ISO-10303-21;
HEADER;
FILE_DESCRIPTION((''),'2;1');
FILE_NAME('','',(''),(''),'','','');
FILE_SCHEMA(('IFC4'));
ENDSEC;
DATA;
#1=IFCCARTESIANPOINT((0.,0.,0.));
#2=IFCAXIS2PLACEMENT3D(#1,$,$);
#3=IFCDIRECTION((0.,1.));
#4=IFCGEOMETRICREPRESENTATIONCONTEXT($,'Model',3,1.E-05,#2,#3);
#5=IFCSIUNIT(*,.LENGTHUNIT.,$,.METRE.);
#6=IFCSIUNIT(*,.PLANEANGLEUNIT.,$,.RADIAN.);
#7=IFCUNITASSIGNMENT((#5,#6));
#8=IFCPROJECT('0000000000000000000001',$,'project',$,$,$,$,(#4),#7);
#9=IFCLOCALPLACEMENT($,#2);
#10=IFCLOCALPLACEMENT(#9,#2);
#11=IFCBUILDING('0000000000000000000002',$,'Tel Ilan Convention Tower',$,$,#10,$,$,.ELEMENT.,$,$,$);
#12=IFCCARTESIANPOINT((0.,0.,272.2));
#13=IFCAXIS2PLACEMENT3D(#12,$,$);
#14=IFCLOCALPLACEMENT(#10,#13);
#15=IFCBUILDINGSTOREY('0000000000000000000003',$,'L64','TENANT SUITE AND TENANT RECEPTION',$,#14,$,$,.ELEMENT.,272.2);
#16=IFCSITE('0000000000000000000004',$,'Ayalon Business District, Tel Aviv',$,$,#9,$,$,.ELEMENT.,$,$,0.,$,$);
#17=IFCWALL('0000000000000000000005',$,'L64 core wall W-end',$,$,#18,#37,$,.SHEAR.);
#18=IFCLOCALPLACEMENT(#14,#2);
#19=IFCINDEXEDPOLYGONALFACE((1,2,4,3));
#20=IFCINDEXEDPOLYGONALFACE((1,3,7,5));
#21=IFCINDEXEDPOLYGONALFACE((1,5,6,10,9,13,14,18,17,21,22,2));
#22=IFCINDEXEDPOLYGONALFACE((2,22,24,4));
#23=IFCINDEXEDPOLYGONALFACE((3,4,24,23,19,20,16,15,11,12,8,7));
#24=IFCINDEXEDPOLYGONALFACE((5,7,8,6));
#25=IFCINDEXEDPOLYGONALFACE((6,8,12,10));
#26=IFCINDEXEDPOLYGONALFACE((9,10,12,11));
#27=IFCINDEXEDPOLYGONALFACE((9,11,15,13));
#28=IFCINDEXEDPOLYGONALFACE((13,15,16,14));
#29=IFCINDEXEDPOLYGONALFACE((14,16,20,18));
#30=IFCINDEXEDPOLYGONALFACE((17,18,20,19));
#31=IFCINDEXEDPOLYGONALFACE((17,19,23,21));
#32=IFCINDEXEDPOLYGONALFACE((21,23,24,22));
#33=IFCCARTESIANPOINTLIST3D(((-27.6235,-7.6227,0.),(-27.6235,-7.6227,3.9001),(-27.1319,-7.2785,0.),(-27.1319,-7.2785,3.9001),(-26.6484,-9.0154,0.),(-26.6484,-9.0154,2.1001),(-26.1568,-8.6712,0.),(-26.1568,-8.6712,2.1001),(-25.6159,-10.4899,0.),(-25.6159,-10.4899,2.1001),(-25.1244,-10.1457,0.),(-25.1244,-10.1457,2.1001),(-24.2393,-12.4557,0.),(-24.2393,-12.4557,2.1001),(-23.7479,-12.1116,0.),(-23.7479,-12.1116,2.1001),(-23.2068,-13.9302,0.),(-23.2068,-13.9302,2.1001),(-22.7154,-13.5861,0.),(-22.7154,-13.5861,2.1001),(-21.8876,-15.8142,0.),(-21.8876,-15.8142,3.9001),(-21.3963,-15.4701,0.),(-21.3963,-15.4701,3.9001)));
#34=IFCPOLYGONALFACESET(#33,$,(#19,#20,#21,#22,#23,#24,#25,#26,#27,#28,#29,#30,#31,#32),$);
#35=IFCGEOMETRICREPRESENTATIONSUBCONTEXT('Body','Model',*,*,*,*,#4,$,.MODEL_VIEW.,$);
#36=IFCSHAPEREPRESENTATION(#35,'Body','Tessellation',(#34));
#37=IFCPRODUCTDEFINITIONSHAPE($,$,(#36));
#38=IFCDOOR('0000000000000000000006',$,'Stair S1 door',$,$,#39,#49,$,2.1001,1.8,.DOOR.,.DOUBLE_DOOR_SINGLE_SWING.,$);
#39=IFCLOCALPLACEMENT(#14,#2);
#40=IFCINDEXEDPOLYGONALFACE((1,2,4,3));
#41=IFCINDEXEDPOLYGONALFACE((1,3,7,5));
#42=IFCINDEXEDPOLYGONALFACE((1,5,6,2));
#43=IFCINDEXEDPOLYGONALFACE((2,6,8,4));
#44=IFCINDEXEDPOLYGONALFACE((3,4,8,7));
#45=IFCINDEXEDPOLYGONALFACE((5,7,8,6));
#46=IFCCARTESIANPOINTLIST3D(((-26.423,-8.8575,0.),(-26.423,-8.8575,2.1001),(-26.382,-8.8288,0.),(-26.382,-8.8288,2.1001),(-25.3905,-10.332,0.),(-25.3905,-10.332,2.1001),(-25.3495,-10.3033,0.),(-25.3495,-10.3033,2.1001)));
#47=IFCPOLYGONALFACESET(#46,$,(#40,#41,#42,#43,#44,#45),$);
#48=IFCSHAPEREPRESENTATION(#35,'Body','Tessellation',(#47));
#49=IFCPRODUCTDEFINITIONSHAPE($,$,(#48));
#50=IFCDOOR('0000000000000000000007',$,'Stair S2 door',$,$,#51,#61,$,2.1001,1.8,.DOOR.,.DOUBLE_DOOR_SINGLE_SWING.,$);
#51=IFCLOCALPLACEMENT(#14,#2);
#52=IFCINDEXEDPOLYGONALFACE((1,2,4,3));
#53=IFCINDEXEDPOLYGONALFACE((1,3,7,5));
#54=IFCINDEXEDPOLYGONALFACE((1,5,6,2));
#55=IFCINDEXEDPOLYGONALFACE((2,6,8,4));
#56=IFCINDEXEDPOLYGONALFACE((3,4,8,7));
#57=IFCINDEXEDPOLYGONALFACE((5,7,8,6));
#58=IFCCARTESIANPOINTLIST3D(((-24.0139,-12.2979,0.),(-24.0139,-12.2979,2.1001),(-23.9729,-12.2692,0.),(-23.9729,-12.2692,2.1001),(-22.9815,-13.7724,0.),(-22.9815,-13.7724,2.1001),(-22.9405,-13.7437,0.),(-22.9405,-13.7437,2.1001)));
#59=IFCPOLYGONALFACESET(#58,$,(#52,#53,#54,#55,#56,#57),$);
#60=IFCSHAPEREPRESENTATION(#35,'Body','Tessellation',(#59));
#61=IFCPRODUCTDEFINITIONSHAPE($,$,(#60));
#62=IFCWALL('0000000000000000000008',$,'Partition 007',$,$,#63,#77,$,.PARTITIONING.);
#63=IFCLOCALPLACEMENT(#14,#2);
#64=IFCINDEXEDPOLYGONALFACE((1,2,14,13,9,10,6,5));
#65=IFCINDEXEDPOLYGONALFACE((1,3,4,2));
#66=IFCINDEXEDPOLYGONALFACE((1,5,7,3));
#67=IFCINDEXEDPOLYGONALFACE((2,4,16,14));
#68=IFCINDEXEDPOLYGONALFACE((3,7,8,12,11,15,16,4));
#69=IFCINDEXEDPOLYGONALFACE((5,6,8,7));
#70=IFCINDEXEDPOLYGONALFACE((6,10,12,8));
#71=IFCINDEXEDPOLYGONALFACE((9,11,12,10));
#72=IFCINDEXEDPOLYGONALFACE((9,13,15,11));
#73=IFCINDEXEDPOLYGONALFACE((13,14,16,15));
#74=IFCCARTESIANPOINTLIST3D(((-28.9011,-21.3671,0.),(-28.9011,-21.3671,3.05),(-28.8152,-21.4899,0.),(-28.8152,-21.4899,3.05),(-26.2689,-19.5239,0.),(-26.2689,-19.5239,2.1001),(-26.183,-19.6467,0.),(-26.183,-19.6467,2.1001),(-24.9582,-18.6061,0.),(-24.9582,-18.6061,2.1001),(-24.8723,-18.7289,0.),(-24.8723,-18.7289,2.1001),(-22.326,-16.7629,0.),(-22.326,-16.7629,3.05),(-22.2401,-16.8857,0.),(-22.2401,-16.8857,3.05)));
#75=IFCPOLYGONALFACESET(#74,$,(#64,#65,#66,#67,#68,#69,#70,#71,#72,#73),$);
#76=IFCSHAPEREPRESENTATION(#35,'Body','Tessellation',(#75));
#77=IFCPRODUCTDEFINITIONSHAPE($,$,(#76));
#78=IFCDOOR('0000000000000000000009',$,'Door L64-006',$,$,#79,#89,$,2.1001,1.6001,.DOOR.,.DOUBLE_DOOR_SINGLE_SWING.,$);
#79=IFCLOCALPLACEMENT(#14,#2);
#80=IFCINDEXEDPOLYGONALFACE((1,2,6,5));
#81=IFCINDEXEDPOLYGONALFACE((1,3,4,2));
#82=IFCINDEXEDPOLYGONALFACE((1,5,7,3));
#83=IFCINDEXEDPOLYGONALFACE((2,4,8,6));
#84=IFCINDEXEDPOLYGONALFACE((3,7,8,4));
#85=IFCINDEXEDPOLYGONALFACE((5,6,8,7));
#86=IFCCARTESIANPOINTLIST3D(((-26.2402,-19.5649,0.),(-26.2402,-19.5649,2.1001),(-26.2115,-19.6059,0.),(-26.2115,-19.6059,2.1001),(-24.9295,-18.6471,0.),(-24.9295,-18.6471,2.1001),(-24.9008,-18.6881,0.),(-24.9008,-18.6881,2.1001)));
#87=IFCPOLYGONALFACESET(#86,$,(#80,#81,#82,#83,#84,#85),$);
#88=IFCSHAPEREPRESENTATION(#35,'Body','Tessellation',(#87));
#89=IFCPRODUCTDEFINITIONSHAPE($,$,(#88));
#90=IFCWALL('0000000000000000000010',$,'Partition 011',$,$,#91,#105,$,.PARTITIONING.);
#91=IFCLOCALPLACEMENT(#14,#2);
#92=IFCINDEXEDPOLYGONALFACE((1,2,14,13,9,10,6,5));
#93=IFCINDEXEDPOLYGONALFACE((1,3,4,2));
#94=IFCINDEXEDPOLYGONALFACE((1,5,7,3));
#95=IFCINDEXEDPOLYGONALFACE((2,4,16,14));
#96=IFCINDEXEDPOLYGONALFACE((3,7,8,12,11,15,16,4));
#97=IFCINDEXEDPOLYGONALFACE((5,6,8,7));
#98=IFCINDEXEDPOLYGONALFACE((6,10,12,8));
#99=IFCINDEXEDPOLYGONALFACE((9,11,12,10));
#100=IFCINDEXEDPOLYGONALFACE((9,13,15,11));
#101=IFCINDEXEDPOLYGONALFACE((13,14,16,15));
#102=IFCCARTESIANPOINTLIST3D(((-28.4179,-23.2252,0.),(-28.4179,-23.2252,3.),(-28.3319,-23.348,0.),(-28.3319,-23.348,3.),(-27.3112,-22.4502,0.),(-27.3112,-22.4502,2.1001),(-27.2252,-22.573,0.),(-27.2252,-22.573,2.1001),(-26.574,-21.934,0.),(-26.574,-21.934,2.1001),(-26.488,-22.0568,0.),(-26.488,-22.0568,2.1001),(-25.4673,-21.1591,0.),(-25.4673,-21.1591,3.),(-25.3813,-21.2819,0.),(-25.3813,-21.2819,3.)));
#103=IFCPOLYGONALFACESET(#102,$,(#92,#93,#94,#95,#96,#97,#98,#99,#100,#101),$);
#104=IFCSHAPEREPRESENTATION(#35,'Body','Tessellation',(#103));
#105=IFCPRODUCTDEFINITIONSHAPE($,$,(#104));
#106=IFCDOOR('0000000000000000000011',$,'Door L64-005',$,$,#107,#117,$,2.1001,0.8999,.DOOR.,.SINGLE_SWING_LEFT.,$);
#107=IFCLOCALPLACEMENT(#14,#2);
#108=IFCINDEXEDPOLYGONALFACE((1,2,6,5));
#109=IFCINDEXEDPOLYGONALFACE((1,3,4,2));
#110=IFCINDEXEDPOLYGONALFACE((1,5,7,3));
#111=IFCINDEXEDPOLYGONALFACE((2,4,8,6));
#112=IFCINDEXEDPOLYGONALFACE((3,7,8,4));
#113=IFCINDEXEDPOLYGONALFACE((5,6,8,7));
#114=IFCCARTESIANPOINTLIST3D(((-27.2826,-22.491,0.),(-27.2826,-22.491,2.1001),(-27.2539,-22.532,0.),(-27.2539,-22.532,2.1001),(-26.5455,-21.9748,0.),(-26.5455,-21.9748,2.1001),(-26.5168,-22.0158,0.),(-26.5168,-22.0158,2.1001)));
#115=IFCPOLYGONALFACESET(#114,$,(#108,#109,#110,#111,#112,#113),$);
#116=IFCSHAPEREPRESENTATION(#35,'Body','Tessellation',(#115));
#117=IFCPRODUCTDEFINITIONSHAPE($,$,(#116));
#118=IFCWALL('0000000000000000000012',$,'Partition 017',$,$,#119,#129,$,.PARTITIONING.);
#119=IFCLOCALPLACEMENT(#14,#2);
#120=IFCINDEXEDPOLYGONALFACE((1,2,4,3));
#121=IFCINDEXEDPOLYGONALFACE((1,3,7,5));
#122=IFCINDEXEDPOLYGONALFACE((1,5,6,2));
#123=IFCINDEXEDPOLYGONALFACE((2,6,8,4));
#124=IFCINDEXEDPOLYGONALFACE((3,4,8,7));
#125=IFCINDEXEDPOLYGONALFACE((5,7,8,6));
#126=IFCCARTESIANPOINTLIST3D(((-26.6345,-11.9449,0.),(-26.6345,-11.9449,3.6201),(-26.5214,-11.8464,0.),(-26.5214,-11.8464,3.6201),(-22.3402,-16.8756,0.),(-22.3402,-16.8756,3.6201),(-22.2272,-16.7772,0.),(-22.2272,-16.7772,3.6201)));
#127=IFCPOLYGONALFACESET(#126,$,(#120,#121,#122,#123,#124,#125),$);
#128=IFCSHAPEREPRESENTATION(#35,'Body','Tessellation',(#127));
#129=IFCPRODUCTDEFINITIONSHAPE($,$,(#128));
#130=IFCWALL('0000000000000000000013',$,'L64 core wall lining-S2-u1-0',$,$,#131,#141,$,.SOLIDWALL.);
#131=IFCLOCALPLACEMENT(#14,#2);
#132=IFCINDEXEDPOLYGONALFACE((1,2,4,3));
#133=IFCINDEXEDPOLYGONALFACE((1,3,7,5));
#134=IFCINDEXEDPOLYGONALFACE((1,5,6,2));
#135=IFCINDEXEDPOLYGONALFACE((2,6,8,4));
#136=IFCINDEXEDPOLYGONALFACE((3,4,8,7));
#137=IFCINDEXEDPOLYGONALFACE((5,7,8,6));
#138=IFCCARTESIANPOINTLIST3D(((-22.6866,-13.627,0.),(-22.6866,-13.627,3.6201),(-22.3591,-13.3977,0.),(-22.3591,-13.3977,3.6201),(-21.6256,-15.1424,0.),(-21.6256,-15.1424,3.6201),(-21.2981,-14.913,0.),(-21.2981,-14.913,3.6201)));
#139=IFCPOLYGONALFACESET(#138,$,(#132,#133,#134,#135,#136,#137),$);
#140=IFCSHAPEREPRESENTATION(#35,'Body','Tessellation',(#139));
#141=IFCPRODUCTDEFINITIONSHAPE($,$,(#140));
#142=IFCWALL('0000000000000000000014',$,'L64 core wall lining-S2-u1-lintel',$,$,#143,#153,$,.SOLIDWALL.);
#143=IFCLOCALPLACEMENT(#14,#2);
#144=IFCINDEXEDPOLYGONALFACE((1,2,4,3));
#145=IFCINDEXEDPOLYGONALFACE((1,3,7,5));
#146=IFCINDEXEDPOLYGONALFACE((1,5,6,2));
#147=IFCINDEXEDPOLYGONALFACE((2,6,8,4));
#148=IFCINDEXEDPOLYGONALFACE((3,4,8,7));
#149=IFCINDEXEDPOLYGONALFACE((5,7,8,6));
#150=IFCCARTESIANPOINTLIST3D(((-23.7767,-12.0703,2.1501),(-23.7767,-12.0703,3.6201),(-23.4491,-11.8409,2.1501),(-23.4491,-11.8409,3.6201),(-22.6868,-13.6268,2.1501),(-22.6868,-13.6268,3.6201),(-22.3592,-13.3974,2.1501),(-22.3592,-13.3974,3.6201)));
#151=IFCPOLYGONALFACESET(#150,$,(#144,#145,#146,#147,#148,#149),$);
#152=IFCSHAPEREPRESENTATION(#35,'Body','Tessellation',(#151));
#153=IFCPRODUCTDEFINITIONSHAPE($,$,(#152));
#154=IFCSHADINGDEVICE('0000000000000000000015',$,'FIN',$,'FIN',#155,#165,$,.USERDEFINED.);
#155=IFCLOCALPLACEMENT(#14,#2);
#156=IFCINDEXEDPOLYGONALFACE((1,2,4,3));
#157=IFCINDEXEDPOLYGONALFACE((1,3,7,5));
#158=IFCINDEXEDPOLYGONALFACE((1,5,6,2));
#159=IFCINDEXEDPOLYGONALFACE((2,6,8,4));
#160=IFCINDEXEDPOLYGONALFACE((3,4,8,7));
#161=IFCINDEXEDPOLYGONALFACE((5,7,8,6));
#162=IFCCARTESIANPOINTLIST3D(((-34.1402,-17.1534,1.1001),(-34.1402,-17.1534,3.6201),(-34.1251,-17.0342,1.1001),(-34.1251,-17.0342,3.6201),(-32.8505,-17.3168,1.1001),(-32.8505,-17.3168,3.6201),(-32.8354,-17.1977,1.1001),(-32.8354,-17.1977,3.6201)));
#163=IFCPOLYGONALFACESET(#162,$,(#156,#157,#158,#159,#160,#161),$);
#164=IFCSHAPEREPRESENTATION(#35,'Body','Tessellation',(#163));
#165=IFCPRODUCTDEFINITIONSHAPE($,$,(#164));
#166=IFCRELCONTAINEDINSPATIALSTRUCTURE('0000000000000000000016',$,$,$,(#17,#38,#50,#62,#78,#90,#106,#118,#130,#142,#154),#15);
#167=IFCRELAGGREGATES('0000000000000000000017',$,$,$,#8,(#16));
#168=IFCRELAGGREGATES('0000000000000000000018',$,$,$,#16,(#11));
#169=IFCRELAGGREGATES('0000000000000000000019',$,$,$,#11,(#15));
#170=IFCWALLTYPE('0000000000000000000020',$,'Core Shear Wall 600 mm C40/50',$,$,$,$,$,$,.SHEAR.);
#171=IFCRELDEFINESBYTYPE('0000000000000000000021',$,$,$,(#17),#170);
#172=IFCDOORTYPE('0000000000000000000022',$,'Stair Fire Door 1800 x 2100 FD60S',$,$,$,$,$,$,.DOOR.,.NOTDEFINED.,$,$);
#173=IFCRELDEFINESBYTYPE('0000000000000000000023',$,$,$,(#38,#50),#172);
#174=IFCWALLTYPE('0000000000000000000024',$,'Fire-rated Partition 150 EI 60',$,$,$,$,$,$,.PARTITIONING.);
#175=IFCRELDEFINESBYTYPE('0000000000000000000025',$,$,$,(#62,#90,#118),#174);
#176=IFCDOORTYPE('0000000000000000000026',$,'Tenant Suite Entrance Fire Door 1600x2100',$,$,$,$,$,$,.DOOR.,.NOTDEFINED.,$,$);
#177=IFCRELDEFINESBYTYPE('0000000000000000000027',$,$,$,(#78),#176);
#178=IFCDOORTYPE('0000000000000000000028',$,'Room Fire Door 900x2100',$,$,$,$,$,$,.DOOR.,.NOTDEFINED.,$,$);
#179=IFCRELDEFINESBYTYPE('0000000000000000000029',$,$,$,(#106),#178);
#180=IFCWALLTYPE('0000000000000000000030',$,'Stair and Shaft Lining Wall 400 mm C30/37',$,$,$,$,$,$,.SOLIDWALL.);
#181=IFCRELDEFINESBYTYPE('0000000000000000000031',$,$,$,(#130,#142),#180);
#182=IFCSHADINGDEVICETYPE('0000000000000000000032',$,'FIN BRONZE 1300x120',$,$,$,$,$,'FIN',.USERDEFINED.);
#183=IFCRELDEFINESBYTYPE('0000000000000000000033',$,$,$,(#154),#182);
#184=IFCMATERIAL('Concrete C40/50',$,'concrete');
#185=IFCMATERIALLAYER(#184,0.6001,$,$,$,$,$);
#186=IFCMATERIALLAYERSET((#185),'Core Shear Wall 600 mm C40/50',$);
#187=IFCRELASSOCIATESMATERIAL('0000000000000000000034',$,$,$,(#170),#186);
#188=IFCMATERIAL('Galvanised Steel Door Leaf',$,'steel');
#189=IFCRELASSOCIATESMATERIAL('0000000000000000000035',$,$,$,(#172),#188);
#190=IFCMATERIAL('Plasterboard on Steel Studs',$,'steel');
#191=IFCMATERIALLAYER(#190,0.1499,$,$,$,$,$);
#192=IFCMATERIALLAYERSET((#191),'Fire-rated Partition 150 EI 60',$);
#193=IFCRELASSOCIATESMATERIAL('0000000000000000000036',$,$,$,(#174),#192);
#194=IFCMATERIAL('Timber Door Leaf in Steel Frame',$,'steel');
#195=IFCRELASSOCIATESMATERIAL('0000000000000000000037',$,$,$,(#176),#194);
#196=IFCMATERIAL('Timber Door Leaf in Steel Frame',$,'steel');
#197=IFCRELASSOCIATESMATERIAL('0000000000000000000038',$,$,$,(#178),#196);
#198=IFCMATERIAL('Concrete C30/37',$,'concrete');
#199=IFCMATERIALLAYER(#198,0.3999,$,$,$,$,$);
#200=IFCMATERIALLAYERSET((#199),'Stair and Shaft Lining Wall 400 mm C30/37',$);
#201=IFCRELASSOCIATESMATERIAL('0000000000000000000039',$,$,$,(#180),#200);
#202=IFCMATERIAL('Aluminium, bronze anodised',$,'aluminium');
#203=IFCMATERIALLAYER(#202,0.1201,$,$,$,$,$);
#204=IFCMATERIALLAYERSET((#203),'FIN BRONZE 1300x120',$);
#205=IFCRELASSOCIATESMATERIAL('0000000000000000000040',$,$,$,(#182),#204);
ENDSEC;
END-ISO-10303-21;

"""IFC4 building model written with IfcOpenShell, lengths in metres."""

from ifc_helpers import new_model, si_unit, direction, frame, frame_2d, origin, origin_2d, place, context, subcontext, project, spatial, polyline, rectangle, outline, extrude, material, layer, layer_set, type_object, element, fill, save


model = new_model("IFC4")

# Units and contexts
model_context = context("Model", 3, precision=1e-05, world=origin(), true_north=direction((0.0, 1.0)))
body_context = subcontext(model_context, "Body", "Model", "MODEL_VIEW")
ifc_project = project(units=[si_unit("LENGTHUNIT", "METRE"), si_unit("PLANEANGLEUNIT", "RADIAN")], contexts=[model_context])

# Site, building, storey
site_placement = place(None, origin())
site = spatial("IfcSite", under=ifc_project, at=site_placement, Name="Ayalon Business District, Tel Aviv", CompositionType="ELEMENT", RefElevation=0.0)
building_placement = place(site_placement, origin())
building = spatial("IfcBuilding", under=site, at=building_placement, Name="Tel Ilan Convention Tower", CompositionType="ELEMENT")
storey_placement = place(building_placement, frame((0.0, 0.0, 272.2)))
storey = spatial("IfcBuildingStorey", under=building, at=storey_placement, Name="L64", Description="TENANT SUITE AND TENANT RECEPTION", CompositionType="ELEMENT", Elevation=272.2)

# Wall, openings, doors
ifc_material_1 = material(Name="Concrete C40/50", Category="concrete")
ifc_layer_1 = layer(ifc_material_1, 0.6001)
ifc_layer_set_1 = layer_set([ifc_layer_1], Name="Core Shear Wall 600 mm C40/50")
wall_type_1 = type_object("IfcWallType", Name="Core Shear Wall 600 mm C40/50", PredefinedType="SHEAR", material=ifc_layer_set_1)
wall_1_placement = place(storey_placement, frame((-21.6418, -15.6421, 0.0), z_axis=(0.0, 0.0, 1.0), x_axis=(-0.573587, 0.819145, 0.0)))
wall_1 = element("IfcWall", 1, at=wall_1_placement, inside=storey, type_object=wall_type_1, Name="L64 core wall W-end", PredefinedType="SHEAR", context=body_context, shape_type="SweptSolid", body=[
    extrude(outline(polyline([(0.0, 0.3), (0.0, -0.2998), (10.0, -0.3), (10.0, 0.3), (0.0, 0.3)])), origin(), (0.0, 0.0, 1.0), 3.9001),
])
opening_1_placement = place(wall_1_placement, frame((6.5, 0.0, 0.0)))
opening_1 = element("IfcOpeningElement", 2, at=opening_1_placement, cuts=wall_1, PredefinedType="OPENING", context=body_context, shape_type="SweptSolid", body=[
    extrude(rectangle(XDim=1.8, YDim=2.1001, at=frame_2d((0.8999, 1.05))), frame((0.0, 0.3101, 0.0), z_axis=(0.0, -1.0, 0.0), x_axis=(1.0, 0.0, 0.0)), (0.0, 0.0, 1.0), 0.6201),
])
opening_2_placement = place(wall_1_placement, frame((2.3, 0.0, 0.0)))
opening_2 = element("IfcOpeningElement", 3, at=opening_2_placement, cuts=wall_1, PredefinedType="OPENING", context=body_context, shape_type="SweptSolid", body=[
    extrude(rectangle(XDim=1.8, YDim=2.1001, at=frame_2d((0.8999, 1.05))), frame((0.0, 0.3101, 0.0), z_axis=(0.0, -1.0, 0.0), x_axis=(1.0, 0.0, 0.0)), (0.0, 0.0, 1.0), 0.6201),
])
ifc_material_2 = material(Name="Galvanised Steel Door Leaf", Category="steel")
door_type_1 = type_object("IfcDoorType", Name="Stair Fire Door 1800 x 2100 FD60S", OperationType="NOTDEFINED", PredefinedType="DOOR", material=ifc_material_2)
door_1_placement = place(opening_1_placement, origin())
door_1 = element("IfcDoor", 4, at=door_1_placement, inside=storey, type_object=door_type_1, Name="Stair S1 door", OperationType="DOUBLE_DOOR_SINGLE_SWING", OverallHeight=2.1001, OverallWidth=1.8, PredefinedType="DOOR", context=body_context, shape_type="SweptSolid", body=[
    extrude(rectangle(XDim=1.8, YDim=2.1001, at=frame_2d((0.8999, 1.05))), frame((0.0, 0.0249, 0.0), z_axis=(0.0, -1.0, 0.0), x_axis=(1.0, 0.0, 0.0)), (0.0, 0.0, 1.0), 0.05),
])
fill(opening_1, door_1)
door_2_placement = place(opening_2_placement, origin())
door_2 = element("IfcDoor", 5, at=door_2_placement, inside=storey, type_object=door_type_1, Name="Stair S2 door", OperationType="DOUBLE_DOOR_SINGLE_SWING", OverallHeight=2.1001, OverallWidth=1.8, PredefinedType="DOOR", context=body_context, shape_type="SweptSolid", body=[
    extrude(rectangle(XDim=1.8, YDim=2.1001, at=frame_2d((0.8999, 1.05))), frame((0.0, 0.0249, 0.0), z_axis=(0.0, -1.0, 0.0), x_axis=(1.0, 0.0, 0.0)), (0.0, 0.0, 1.0), 0.05),
])
fill(opening_2, door_2)

# Walls, openings, doors
ifc_material_3 = material(Name="Plasterboard on Steel Studs", Category="steel")
ifc_layer_2 = layer(ifc_material_3, 0.1499)
ifc_layer_set_2 = layer_set([ifc_layer_2], Name="Fire-rated Partition 150 EI 60")
wall_type_2 = type_object("IfcWallType", Name="Fire-rated Partition 150 EI 60", PredefinedType="PARTITIONING", material=ifc_layer_set_2)
wall_2_placement = place(storey_placement, frame((-28.8582, -21.4285, 0.0), z_axis=(0.0, 0.0, 1.0), x_axis=(0.819138, 0.573597, 0.0)))
wall_2 = element("IfcWall", 6, at=wall_2_placement, inside=storey, type_object=wall_type_2, Name="Partition 007", PredefinedType="PARTITIONING", context=body_context, shape_type="SweptSolid", body=[
    extrude(rectangle(XDim=8.0269, YDim=0.1499, at=frame_2d((4.0134, 0.0))), origin(), (0.0, 0.0, 1.0), 3.05),
])
opening_3_placement = place(wall_2_placement, frame((3.2134, 0.0, 0.0)))
opening_3 = element("IfcOpeningElement", 7, at=opening_3_placement, cuts=wall_2, PredefinedType="OPENING", context=body_context, shape_type="SweptSolid", body=[
    extrude(rectangle(XDim=1.6001, YDim=2.1001, at=frame_2d((0.8, 1.05))), frame((0.0, 0.085, 0.0), z_axis=(0.0, -1.0, 0.0), x_axis=(1.0, 0.0, 0.0)), (0.0, 0.0, 1.0), 0.1699),
])
ifc_material_4 = material(Name="Timber Door Leaf in Steel Frame", Category="steel")
door_type_2 = type_object("IfcDoorType", Name="Tenant Suite Entrance Fire Door 1600x2100", OperationType="NOTDEFINED", PredefinedType="DOOR", material=ifc_material_4)
door_3_placement = place(opening_3_placement, origin())
door_3 = element("IfcDoor", 8, at=door_3_placement, inside=storey, type_object=door_type_2, Name="Door L64-006", OperationType="DOUBLE_DOOR_SINGLE_SWING", OverallHeight=2.1001, OverallWidth=1.6001, PredefinedType="DOOR", context=body_context, shape_type="SweptSolid", body=[
    extrude(rectangle(XDim=1.6001, YDim=2.1001, at=frame_2d((0.8, 1.05))), frame((0.0, 0.0249, 0.0), z_axis=(0.0, -1.0, 0.0), x_axis=(1.0, 0.0, 0.0)), (0.0, 0.0, 1.0), 0.05),
])
fill(opening_3, door_3)
wall_3_placement = place(storey_placement, frame((-25.4243, -21.2205, 0.0), z_axis=(0.0, 0.0, 1.0), x_axis=(-0.819143, -0.57359, 0.0)))
wall_3 = element("IfcWall", 9, at=wall_3_placement, inside=storey, type_object=wall_type_2, Name="Partition 011", PredefinedType="PARTITIONING", context=body_context, shape_type="SweptSolid", body=[
    extrude(rectangle(XDim=3.6021, YDim=0.1499, at=frame_2d((1.801, 0.0))), origin(), (0.0, 0.0, 1.0), 3.0),
])
opening_4_placement = place(wall_3_placement, frame((1.3511, 0.0, 0.0)))
opening_4 = element("IfcOpeningElement", 10, at=opening_4_placement, cuts=wall_3, PredefinedType="OPENING", context=body_context, shape_type="SweptSolid", body=[
    extrude(rectangle(XDim=0.8999, YDim=2.1001, at=frame_2d((0.45, 1.05))), frame((0.0, 0.085, 0.0), z_axis=(0.0, -1.0, 0.0), x_axis=(1.0, 0.0, 0.0)), (0.0, 0.0, 1.0), 0.1699),
])
ifc_material_5 = material(Name="Timber Door Leaf in Steel Frame", Category="steel")
door_type_3 = type_object("IfcDoorType", Name="Room Fire Door 900x2100", OperationType="NOTDEFINED", PredefinedType="DOOR", material=ifc_material_5)
door_4_placement = place(opening_4_placement, origin())
door_4 = element("IfcDoor", 11, at=door_4_placement, inside=storey, type_object=door_type_3, Name="Door L64-005", OperationType="SINGLE_SWING_LEFT", OverallHeight=2.1001, OverallWidth=0.8999, PredefinedType="DOOR", context=body_context, shape_type="SweptSolid", body=[
    extrude(rectangle(XDim=0.8999, YDim=2.1001, at=frame_2d((0.45, 1.05))), frame((0.0, 0.0249, 0.0), z_axis=(0.0, -1.0, 0.0), x_axis=(1.0, 0.0, 0.0)), (0.0, 0.0, 1.0), 0.05),
])
fill(opening_4, door_4)

# Walls
wall_4_placement = place(storey_placement, frame((-22.2837, -16.8264, 0.0), z_axis=(0.0, 0.0, 1.0), x_axis=(-0.656758, 0.754101, 0.0)))
element("IfcWall", 12, at=wall_4_placement, inside=storey, type_object=wall_type_2, Name="Partition 017", PredefinedType="PARTITIONING", context=body_context, shape_type="SweptSolid", body=[
    extrude(rectangle(XDim=6.5386, YDim=0.1499, at=frame_2d((3.2693, 0.0))), origin(), (0.0, 0.0, 1.0), 3.6201),
])
ifc_material_6 = material(Name="Concrete C30/37", Category="concrete")
ifc_layer_3 = layer(ifc_material_6, 0.3999)
ifc_layer_set_3 = layer_set([ifc_layer_3], Name="Stair and Shaft Lining Wall 400 mm C30/37")
wall_type_3 = type_object("IfcWallType", Name="Stair and Shaft Lining Wall 400 mm C30/37", PredefinedType="SOLIDWALL", material=ifc_layer_set_3)
wall_5_placement = place(storey_placement, frame((-21.4619, -15.0276, 0.0), z_axis=(0.0, 0.0, 1.0), x_axis=(-0.57356, 0.819164, 0.0)))
element("IfcWall", 13, at=wall_5_placement, inside=storey, type_object=wall_type_3, Name="L64 core wall lining-S2-u1-0", PredefinedType="SOLIDWALL", context=body_context, shape_type="SweptSolid", body=[
    extrude(rectangle(XDim=1.8499, YDim=0.3999, at=frame_2d((0.9248, 0.0))), origin(), (0.0, 0.0, 1.0), 3.6201),
])
wall_6_placement = place(storey_placement, frame((-22.5229, -13.5122, 2.1501), z_axis=(0.0, 0.0, 1.0), x_axis=(-0.573592, 0.819141, 0.0)))
element("IfcWall", 14, at=wall_6_placement, inside=storey, type_object=wall_type_3, Name="L64 core wall lining-S2-u1-lintel", PredefinedType="SOLIDWALL", context=body_context, shape_type="SweptSolid", body=[
    extrude(rectangle(XDim=1.9001, YDim=0.3999, at=frame_2d((0.9502, 0.0))), origin(), (0.0, 0.0, 1.0), 1.47),
])

# Shading device
ifc_material_7 = material(Name="Aluminium, bronze anodised", Category="aluminium")
ifc_layer_4 = layer(ifc_material_7, 0.1201)
ifc_layer_set_4 = layer_set([ifc_layer_4], Name="FIN BRONZE 1300x120")
shading_device_type = type_object("IfcShadingDeviceType", Name="FIN BRONZE 1300x120", ElementType="FIN", PredefinedType="USERDEFINED", material=ifc_layer_set_4)
for number, where, z_axis, x_axis, name in (
    (15, (-33.4878, -17.1755, 1.1001), (0.0, 0.0, 1.0), (-0.992066, 0.125718, 0.0), "FIN"),
):
    element("IfcShadingDevice", number, at=place(storey_placement, frame(where, z_axis=z_axis, x_axis=x_axis)), inside=storey, type_object=shading_device_type, Name=name, ObjectType="FIN", PredefinedType="USERDEFINED", context=body_context, shape_type="SweptSolid", body=[
        extrude(rectangle(XDim=1.3, YDim=0.1201, at=origin_2d()), origin(), (0.0, 0.0, 1.0), 2.52),
    ])

save(model, "model.ifc")
